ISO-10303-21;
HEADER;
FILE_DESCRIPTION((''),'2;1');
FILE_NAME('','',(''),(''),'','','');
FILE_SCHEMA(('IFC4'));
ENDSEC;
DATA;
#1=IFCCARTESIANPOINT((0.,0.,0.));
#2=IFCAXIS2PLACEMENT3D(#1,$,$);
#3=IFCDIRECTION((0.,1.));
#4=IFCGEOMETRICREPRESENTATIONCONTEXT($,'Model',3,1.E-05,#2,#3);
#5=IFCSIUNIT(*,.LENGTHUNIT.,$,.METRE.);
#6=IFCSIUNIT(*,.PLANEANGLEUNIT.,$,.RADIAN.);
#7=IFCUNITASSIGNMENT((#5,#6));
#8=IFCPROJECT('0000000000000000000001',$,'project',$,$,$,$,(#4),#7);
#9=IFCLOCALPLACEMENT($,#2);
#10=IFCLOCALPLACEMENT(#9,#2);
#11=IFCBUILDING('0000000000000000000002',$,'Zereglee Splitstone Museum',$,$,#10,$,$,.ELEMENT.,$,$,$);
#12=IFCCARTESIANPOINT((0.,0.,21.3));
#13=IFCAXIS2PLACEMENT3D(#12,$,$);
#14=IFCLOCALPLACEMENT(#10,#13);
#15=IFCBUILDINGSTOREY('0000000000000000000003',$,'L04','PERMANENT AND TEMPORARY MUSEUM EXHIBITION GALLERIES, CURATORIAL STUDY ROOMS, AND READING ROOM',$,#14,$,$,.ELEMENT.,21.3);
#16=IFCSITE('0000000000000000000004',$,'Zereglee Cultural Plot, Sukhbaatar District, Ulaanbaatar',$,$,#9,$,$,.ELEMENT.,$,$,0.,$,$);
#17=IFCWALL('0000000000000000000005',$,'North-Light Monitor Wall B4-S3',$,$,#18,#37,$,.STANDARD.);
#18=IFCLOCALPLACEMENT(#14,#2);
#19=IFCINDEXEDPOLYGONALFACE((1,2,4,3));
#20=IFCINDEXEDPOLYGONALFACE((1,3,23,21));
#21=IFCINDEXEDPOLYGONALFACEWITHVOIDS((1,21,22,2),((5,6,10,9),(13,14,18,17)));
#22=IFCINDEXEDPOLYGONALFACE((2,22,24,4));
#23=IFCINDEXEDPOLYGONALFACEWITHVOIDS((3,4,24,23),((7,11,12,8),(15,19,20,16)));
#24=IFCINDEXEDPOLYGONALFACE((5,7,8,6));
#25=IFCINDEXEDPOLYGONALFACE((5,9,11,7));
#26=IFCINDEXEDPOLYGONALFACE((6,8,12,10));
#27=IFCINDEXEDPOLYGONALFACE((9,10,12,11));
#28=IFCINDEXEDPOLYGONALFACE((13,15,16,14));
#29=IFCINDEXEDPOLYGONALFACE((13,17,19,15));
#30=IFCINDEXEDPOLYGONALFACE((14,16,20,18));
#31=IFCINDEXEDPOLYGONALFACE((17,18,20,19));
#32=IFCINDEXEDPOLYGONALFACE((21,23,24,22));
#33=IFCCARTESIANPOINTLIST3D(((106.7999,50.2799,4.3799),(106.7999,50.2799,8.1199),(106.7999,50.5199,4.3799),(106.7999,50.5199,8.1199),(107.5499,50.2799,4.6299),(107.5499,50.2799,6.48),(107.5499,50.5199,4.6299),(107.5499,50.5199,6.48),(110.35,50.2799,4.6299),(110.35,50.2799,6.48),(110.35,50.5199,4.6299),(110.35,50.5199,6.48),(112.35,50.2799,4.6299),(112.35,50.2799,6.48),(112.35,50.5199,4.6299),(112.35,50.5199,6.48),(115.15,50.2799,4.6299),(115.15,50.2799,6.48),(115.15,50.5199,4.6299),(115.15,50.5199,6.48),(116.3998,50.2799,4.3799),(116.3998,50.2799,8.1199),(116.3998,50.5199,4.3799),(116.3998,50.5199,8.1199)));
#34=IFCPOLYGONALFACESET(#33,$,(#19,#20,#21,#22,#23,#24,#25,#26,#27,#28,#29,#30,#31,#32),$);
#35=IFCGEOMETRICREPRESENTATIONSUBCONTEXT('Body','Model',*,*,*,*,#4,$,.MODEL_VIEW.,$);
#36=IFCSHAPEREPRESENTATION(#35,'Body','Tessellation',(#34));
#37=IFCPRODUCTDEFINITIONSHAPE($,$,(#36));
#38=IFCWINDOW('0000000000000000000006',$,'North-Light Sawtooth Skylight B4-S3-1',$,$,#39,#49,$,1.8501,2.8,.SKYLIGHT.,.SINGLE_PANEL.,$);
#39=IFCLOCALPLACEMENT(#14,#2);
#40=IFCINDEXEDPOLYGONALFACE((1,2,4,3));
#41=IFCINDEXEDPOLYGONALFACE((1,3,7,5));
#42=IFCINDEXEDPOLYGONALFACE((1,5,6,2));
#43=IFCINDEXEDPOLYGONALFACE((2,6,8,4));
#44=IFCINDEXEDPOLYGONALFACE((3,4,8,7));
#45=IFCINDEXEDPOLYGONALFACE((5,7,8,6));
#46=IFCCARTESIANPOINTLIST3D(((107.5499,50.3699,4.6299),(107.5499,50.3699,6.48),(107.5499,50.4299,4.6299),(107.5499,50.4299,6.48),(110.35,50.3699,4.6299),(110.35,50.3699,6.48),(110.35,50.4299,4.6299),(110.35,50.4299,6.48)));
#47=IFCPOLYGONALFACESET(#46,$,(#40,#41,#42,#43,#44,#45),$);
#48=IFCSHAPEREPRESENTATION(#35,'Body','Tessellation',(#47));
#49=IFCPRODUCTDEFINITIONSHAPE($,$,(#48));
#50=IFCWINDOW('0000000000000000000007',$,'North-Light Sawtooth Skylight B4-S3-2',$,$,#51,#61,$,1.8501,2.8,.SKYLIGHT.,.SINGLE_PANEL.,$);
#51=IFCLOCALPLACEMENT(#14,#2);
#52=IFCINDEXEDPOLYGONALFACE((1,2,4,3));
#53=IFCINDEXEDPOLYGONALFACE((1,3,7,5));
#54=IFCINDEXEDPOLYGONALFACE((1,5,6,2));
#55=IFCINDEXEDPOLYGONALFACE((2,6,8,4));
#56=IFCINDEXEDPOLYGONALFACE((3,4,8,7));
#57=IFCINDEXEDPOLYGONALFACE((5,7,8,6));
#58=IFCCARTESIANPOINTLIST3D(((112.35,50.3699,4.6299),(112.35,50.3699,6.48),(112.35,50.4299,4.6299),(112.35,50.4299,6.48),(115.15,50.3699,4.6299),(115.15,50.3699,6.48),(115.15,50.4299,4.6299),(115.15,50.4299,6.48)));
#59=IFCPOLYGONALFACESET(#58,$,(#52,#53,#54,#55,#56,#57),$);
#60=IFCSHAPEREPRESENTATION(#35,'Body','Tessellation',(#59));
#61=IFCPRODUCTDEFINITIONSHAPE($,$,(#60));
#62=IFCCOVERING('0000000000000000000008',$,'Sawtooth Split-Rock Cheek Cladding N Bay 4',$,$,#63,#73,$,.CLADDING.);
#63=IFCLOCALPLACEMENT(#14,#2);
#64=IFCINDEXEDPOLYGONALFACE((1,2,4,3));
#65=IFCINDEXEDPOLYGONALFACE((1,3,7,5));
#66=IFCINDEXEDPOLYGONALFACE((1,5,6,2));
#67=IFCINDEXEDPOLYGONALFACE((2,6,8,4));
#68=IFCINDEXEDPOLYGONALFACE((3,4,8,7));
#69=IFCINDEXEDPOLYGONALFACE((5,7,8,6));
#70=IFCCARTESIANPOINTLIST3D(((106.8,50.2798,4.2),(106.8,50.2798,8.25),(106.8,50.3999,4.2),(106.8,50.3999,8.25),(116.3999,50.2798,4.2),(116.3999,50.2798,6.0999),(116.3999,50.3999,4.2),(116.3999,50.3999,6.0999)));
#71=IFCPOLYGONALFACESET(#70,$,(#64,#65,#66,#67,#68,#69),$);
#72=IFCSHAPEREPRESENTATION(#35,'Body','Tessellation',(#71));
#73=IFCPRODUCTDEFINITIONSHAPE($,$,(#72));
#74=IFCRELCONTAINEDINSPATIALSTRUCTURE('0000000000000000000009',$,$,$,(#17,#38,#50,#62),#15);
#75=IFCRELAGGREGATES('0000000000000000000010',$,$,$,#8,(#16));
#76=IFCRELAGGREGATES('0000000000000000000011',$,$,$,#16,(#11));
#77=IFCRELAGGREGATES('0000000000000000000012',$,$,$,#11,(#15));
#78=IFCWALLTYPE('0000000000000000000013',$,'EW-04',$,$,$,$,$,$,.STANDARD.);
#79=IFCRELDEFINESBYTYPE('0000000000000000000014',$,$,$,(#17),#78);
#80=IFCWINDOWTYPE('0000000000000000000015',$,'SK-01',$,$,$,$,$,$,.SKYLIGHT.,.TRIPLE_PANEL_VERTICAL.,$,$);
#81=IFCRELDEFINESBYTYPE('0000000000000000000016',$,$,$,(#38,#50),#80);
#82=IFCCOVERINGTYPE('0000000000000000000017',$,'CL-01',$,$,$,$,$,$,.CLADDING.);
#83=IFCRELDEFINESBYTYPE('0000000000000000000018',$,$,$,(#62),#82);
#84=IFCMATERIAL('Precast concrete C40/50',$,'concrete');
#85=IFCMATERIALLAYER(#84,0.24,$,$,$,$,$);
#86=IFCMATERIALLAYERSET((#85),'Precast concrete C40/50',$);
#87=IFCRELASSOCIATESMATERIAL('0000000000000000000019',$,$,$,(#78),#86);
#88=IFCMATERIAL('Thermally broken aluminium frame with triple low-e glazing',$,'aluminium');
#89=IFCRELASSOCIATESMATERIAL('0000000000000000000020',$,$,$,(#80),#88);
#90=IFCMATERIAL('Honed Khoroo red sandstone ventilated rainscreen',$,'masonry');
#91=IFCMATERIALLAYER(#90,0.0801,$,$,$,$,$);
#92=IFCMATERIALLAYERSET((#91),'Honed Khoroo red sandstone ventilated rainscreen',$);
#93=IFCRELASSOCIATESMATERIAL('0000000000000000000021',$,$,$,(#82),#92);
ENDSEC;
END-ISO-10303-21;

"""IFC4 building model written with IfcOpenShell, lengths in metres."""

from ifc_helpers import new_model, si_unit, direction, frame, frame_2d, origin, place, context, subcontext, project, spatial, polyline, rectangle, outline, extrude, material, layer, layer_set, type_object, element, fill, save


model = new_model("IFC4")

# Units and contexts
model_context = context("Model", 3, precision=1e-05, world=origin(), true_north=direction((0.0, 1.0)))
body_context = subcontext(model_context, "Body", "Model", "MODEL_VIEW")
ifc_project = project(units=[si_unit("LENGTHUNIT", "METRE"), si_unit("PLANEANGLEUNIT", "RADIAN")], contexts=[model_context])

# Site, building, storey
site_placement = place(None, origin())
site = spatial("IfcSite", under=ifc_project, at=site_placement, Name="Zereglee Cultural Plot, Sukhbaatar District, Ulaanbaatar", CompositionType="ELEMENT", RefElevation=0.0)
building_placement = place(site_placement, origin())
building = spatial("IfcBuilding", under=site, at=building_placement, Name="Zereglee Splitstone Museum", CompositionType="ELEMENT")
storey_placement = place(building_placement, frame((0.0, 0.0, 21.3)))
storey = spatial("IfcBuildingStorey", under=building, at=storey_placement, Name="L04", Description="PERMANENT AND TEMPORARY MUSEUM EXHIBITION GALLERIES, CURATORIAL STUDY ROOMS, AND READING ROOM", CompositionType="ELEMENT", Elevation=21.3)

# Wall, openings, windows
ifc_material_1 = material(Name="Precast concrete C40/50", Category="concrete")
ifc_layer_1 = layer(ifc_material_1, 0.24)
ifc_layer_set_1 = layer_set([ifc_layer_1], Name="Precast concrete C40/50")
wall_type = type_object("IfcWallType", Name="EW-04", PredefinedType="STANDARD", material=ifc_layer_set_1)
ifc_material_2 = material(Name="Thermally broken aluminium frame with triple low-e glazing", Category="aluminium")
window_type = type_object("IfcWindowType", Name="SK-01", PartitioningType="TRIPLE_PANEL_VERTICAL", PredefinedType="SKYLIGHT", material=ifc_material_2)
wall_1_placement = place(storey_placement, frame((106.8, 50.3999, 4.3799), z_axis=(0.0, 0.0, 1.0), x_axis=(1.0, 0.0, 0.0)))
wall_1 = element("IfcWall", 1, at=wall_1_placement, inside=storey, type_object=wall_type, Name="North-Light Monitor Wall B4-S3", PredefinedType="STANDARD", context=body_context, shape_type="SweptSolid", body=[
    extrude(rectangle(XDim=9.5999, YDim=0.24, at=frame_2d((4.7998, 0.0))), origin(), (0.0, 0.0, 1.0), 3.74),
])
opening_1_placement = place(wall_1_placement, frame((0.75, 0.0, 0.25)))
opening_1 = element("IfcOpeningElement", 2, at=opening_1_placement, cuts=wall_1, PredefinedType="OPENING", context=body_context, shape_type="SweptSolid", body=[
    extrude(rectangle(XDim=2.8, YDim=1.8501, at=frame_2d((1.3999, 0.925))), frame((0.0, 0.1348, 0.0), z_axis=(0.0, -1.0, 0.0), x_axis=(1.0, 0.0, 0.0)), (0.0, 0.0, 1.0), 0.2698),
])
opening_2_placement = place(wall_1_placement, frame((5.55, 0.0, 0.25)))
opening_2 = element("IfcOpeningElement", 3, at=opening_2_placement, cuts=wall_1, PredefinedType="OPENING", context=body_context, shape_type="SweptSolid", body=[
    extrude(rectangle(XDim=2.8, YDim=1.8501, at=frame_2d((1.3999, 0.925))), frame((0.0, 0.1348, 0.0), z_axis=(0.0, -1.0, 0.0), x_axis=(1.0, 0.0, 0.0)), (0.0, 0.0, 1.0), 0.2698),
])
window_1_placement = place(opening_1_placement, origin())
window_1 = element("IfcWindow", 4, at=window_1_placement, inside=storey, type_object=window_type, Name="North-Light Sawtooth Skylight B4-S3-1", OverallHeight=1.8501, OverallWidth=2.8, PartitioningType="SINGLE_PANEL", PredefinedType="SKYLIGHT", context=body_context, shape_type="SweptSolid", body=[
    extrude(rectangle(XDim=2.8, YDim=1.8501, at=frame_2d((1.3999, 0.925))), frame((0.0, 0.03, 0.0), z_axis=(0.0, -1.0, 0.0), x_axis=(1.0, 0.0, 0.0)), (0.0, 0.0, 1.0), 0.0601),
])
fill(opening_1, window_1)
window_2_placement = place(opening_2_placement, origin())
window_2 = element("IfcWindow", 5, at=window_2_placement, inside=storey, type_object=window_type, Name="North-Light Sawtooth Skylight B4-S3-2", OverallHeight=1.8501, OverallWidth=2.8, PartitioningType="SINGLE_PANEL", PredefinedType="SKYLIGHT", context=body_context, shape_type="SweptSolid", body=[
    extrude(rectangle(XDim=2.8, YDim=1.8501, at=frame_2d((1.3999, 0.925))), frame((0.0, 0.03, 0.0), z_axis=(0.0, -1.0, 0.0), x_axis=(1.0, 0.0, 0.0)), (0.0, 0.0, 1.0), 0.0601),
])
fill(opening_2, window_2)

# Covering
ifc_material_3 = material(Name="Honed Khoroo red sandstone ventilated rainscreen", Category="masonry")
ifc_layer_2 = layer(ifc_material_3, 0.0801)
ifc_layer_set_2 = layer_set([ifc_layer_2], Name="Honed Khoroo red sandstone ventilated rainscreen")
covering_type = type_object("IfcCoveringType", Name="CL-01", PredefinedType="CLADDING", material=ifc_layer_set_2)
covering_placement = place(storey_placement, frame((106.8, 50.3999, 8.25), z_axis=(0.0, 1.0, 0.0), x_axis=(0.975823, 0.0, -0.218562)))
element("IfcCovering", 6, at=covering_placement, inside=storey, type_object=covering_type, Name="Sawtooth Split-Rock Cheek Cladding N Bay 4", PredefinedType="CLADDING", context=body_context, shape_type="SweptSolid", body=[
    extrude(outline(polyline([(0.0, 0.0), (9.8377, 0.0), (10.2529, 1.854), (0.8852, 3.9521), (0.0, 0.0)])), origin(), (0.0, 0.0, -1.0), 0.1201),
])

save(model, "model.ifc")
